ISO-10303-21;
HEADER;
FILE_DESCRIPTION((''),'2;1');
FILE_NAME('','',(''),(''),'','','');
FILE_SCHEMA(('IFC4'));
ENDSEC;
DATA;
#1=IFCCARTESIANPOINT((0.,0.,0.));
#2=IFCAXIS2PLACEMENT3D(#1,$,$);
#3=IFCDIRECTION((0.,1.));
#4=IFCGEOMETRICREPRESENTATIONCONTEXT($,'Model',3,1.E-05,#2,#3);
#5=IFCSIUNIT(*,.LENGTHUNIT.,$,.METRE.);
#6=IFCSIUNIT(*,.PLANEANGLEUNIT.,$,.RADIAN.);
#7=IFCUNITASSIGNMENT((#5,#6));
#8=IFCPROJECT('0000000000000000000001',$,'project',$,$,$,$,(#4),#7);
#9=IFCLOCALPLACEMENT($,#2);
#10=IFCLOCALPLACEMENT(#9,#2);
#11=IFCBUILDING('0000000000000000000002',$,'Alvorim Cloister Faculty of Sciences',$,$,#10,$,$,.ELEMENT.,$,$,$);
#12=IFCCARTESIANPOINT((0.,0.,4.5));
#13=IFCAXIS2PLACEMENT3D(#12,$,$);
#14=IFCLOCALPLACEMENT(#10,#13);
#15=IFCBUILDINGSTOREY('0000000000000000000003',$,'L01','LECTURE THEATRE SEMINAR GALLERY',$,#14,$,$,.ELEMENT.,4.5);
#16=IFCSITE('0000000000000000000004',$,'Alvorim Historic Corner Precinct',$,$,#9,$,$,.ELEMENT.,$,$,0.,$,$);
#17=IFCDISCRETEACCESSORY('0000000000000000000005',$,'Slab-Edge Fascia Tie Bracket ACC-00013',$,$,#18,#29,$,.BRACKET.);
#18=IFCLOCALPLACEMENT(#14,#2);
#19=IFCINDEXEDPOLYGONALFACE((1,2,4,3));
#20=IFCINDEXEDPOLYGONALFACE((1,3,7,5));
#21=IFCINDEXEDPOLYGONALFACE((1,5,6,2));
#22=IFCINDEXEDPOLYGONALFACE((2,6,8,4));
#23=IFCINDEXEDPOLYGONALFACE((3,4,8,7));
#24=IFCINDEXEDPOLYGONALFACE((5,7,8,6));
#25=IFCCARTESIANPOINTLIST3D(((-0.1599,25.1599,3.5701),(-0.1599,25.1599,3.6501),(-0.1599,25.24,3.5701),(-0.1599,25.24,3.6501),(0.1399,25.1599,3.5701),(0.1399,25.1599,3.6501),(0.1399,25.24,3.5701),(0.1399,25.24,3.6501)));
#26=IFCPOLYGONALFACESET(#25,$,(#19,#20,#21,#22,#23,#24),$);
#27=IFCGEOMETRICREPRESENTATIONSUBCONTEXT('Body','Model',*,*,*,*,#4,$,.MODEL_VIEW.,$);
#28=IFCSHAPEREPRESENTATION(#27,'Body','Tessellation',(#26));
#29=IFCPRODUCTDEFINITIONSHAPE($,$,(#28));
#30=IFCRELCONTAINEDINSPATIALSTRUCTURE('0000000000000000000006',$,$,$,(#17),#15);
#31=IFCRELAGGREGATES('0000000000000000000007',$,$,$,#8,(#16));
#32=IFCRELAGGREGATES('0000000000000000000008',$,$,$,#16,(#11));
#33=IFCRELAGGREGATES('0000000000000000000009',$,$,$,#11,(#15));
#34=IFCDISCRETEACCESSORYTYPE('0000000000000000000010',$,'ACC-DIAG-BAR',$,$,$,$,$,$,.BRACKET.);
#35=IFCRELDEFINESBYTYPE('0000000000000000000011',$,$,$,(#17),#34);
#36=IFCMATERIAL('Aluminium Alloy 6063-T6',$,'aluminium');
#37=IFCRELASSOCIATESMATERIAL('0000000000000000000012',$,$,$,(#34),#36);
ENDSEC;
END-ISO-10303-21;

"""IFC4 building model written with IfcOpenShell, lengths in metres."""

from ifc_helpers import new_model, si_unit, direction, frame, origin, origin_2d, place, context, subcontext, project, spatial, rectangle, extrude, material, type_object, element, save


model = new_model("IFC4")

# Units and contexts
model_context = context("Model", 3, precision=1e-05, world=origin(), true_north=direction((0.0, 1.0)))
body_context = subcontext(model_context, "Body", "Model", "MODEL_VIEW")
ifc_project = project(units=[si_unit("LENGTHUNIT", "METRE"), si_unit("PLANEANGLEUNIT", "RADIAN")], contexts=[model_context])

# Site, building, storey
site_placement = place(None, origin())
site = spatial("IfcSite", under=ifc_project, at=site_placement, Name="Alvorim Historic Corner Precinct", CompositionType="ELEMENT", RefElevation=0.0)
building_placement = place(site_placement, origin())
building = spatial("IfcBuilding", under=site, at=building_placement, Name="Alvorim Cloister Faculty of Sciences", CompositionType="ELEMENT")
storey_placement = place(building_placement, frame((0.0, 0.0, 4.5)))
storey = spatial("IfcBuildingStorey", under=building, at=storey_placement, Name="L01", Description="LECTURE THEATRE SEMINAR GALLERY", CompositionType="ELEMENT", Elevation=4.5)

# Discrete accessory
ifc_material_1 = material(Name="Aluminium Alloy 6063-T6", Category="aluminium")
discrete_accessory_type = type_object("IfcDiscreteAccessoryType", Name="ACC-DIAG-BAR", PredefinedType="BRACKET", material=ifc_material_1)
discrete_accessory_placement = place(storey_placement, frame((0.1399, 25.2, 3.6101), z_axis=(-1.0, 0.0, 0.0), x_axis=(0.0, -1.0, 0.0)))
element("IfcDiscreteAccessory", 1, at=discrete_accessory_placement, inside=storey, type_object=discrete_accessory_type, Name="Slab-Edge Fascia Tie Bracket ACC-00013", PredefinedType="BRACKET", context=body_context, shape_type="SweptSolid", body=[
    extrude(rectangle(XDim=0.0801, YDim=0.0801, at=origin_2d()), origin(), (0.0, 0.0, 1.0), 0.2998),
])

save(model, "model.ifc")
